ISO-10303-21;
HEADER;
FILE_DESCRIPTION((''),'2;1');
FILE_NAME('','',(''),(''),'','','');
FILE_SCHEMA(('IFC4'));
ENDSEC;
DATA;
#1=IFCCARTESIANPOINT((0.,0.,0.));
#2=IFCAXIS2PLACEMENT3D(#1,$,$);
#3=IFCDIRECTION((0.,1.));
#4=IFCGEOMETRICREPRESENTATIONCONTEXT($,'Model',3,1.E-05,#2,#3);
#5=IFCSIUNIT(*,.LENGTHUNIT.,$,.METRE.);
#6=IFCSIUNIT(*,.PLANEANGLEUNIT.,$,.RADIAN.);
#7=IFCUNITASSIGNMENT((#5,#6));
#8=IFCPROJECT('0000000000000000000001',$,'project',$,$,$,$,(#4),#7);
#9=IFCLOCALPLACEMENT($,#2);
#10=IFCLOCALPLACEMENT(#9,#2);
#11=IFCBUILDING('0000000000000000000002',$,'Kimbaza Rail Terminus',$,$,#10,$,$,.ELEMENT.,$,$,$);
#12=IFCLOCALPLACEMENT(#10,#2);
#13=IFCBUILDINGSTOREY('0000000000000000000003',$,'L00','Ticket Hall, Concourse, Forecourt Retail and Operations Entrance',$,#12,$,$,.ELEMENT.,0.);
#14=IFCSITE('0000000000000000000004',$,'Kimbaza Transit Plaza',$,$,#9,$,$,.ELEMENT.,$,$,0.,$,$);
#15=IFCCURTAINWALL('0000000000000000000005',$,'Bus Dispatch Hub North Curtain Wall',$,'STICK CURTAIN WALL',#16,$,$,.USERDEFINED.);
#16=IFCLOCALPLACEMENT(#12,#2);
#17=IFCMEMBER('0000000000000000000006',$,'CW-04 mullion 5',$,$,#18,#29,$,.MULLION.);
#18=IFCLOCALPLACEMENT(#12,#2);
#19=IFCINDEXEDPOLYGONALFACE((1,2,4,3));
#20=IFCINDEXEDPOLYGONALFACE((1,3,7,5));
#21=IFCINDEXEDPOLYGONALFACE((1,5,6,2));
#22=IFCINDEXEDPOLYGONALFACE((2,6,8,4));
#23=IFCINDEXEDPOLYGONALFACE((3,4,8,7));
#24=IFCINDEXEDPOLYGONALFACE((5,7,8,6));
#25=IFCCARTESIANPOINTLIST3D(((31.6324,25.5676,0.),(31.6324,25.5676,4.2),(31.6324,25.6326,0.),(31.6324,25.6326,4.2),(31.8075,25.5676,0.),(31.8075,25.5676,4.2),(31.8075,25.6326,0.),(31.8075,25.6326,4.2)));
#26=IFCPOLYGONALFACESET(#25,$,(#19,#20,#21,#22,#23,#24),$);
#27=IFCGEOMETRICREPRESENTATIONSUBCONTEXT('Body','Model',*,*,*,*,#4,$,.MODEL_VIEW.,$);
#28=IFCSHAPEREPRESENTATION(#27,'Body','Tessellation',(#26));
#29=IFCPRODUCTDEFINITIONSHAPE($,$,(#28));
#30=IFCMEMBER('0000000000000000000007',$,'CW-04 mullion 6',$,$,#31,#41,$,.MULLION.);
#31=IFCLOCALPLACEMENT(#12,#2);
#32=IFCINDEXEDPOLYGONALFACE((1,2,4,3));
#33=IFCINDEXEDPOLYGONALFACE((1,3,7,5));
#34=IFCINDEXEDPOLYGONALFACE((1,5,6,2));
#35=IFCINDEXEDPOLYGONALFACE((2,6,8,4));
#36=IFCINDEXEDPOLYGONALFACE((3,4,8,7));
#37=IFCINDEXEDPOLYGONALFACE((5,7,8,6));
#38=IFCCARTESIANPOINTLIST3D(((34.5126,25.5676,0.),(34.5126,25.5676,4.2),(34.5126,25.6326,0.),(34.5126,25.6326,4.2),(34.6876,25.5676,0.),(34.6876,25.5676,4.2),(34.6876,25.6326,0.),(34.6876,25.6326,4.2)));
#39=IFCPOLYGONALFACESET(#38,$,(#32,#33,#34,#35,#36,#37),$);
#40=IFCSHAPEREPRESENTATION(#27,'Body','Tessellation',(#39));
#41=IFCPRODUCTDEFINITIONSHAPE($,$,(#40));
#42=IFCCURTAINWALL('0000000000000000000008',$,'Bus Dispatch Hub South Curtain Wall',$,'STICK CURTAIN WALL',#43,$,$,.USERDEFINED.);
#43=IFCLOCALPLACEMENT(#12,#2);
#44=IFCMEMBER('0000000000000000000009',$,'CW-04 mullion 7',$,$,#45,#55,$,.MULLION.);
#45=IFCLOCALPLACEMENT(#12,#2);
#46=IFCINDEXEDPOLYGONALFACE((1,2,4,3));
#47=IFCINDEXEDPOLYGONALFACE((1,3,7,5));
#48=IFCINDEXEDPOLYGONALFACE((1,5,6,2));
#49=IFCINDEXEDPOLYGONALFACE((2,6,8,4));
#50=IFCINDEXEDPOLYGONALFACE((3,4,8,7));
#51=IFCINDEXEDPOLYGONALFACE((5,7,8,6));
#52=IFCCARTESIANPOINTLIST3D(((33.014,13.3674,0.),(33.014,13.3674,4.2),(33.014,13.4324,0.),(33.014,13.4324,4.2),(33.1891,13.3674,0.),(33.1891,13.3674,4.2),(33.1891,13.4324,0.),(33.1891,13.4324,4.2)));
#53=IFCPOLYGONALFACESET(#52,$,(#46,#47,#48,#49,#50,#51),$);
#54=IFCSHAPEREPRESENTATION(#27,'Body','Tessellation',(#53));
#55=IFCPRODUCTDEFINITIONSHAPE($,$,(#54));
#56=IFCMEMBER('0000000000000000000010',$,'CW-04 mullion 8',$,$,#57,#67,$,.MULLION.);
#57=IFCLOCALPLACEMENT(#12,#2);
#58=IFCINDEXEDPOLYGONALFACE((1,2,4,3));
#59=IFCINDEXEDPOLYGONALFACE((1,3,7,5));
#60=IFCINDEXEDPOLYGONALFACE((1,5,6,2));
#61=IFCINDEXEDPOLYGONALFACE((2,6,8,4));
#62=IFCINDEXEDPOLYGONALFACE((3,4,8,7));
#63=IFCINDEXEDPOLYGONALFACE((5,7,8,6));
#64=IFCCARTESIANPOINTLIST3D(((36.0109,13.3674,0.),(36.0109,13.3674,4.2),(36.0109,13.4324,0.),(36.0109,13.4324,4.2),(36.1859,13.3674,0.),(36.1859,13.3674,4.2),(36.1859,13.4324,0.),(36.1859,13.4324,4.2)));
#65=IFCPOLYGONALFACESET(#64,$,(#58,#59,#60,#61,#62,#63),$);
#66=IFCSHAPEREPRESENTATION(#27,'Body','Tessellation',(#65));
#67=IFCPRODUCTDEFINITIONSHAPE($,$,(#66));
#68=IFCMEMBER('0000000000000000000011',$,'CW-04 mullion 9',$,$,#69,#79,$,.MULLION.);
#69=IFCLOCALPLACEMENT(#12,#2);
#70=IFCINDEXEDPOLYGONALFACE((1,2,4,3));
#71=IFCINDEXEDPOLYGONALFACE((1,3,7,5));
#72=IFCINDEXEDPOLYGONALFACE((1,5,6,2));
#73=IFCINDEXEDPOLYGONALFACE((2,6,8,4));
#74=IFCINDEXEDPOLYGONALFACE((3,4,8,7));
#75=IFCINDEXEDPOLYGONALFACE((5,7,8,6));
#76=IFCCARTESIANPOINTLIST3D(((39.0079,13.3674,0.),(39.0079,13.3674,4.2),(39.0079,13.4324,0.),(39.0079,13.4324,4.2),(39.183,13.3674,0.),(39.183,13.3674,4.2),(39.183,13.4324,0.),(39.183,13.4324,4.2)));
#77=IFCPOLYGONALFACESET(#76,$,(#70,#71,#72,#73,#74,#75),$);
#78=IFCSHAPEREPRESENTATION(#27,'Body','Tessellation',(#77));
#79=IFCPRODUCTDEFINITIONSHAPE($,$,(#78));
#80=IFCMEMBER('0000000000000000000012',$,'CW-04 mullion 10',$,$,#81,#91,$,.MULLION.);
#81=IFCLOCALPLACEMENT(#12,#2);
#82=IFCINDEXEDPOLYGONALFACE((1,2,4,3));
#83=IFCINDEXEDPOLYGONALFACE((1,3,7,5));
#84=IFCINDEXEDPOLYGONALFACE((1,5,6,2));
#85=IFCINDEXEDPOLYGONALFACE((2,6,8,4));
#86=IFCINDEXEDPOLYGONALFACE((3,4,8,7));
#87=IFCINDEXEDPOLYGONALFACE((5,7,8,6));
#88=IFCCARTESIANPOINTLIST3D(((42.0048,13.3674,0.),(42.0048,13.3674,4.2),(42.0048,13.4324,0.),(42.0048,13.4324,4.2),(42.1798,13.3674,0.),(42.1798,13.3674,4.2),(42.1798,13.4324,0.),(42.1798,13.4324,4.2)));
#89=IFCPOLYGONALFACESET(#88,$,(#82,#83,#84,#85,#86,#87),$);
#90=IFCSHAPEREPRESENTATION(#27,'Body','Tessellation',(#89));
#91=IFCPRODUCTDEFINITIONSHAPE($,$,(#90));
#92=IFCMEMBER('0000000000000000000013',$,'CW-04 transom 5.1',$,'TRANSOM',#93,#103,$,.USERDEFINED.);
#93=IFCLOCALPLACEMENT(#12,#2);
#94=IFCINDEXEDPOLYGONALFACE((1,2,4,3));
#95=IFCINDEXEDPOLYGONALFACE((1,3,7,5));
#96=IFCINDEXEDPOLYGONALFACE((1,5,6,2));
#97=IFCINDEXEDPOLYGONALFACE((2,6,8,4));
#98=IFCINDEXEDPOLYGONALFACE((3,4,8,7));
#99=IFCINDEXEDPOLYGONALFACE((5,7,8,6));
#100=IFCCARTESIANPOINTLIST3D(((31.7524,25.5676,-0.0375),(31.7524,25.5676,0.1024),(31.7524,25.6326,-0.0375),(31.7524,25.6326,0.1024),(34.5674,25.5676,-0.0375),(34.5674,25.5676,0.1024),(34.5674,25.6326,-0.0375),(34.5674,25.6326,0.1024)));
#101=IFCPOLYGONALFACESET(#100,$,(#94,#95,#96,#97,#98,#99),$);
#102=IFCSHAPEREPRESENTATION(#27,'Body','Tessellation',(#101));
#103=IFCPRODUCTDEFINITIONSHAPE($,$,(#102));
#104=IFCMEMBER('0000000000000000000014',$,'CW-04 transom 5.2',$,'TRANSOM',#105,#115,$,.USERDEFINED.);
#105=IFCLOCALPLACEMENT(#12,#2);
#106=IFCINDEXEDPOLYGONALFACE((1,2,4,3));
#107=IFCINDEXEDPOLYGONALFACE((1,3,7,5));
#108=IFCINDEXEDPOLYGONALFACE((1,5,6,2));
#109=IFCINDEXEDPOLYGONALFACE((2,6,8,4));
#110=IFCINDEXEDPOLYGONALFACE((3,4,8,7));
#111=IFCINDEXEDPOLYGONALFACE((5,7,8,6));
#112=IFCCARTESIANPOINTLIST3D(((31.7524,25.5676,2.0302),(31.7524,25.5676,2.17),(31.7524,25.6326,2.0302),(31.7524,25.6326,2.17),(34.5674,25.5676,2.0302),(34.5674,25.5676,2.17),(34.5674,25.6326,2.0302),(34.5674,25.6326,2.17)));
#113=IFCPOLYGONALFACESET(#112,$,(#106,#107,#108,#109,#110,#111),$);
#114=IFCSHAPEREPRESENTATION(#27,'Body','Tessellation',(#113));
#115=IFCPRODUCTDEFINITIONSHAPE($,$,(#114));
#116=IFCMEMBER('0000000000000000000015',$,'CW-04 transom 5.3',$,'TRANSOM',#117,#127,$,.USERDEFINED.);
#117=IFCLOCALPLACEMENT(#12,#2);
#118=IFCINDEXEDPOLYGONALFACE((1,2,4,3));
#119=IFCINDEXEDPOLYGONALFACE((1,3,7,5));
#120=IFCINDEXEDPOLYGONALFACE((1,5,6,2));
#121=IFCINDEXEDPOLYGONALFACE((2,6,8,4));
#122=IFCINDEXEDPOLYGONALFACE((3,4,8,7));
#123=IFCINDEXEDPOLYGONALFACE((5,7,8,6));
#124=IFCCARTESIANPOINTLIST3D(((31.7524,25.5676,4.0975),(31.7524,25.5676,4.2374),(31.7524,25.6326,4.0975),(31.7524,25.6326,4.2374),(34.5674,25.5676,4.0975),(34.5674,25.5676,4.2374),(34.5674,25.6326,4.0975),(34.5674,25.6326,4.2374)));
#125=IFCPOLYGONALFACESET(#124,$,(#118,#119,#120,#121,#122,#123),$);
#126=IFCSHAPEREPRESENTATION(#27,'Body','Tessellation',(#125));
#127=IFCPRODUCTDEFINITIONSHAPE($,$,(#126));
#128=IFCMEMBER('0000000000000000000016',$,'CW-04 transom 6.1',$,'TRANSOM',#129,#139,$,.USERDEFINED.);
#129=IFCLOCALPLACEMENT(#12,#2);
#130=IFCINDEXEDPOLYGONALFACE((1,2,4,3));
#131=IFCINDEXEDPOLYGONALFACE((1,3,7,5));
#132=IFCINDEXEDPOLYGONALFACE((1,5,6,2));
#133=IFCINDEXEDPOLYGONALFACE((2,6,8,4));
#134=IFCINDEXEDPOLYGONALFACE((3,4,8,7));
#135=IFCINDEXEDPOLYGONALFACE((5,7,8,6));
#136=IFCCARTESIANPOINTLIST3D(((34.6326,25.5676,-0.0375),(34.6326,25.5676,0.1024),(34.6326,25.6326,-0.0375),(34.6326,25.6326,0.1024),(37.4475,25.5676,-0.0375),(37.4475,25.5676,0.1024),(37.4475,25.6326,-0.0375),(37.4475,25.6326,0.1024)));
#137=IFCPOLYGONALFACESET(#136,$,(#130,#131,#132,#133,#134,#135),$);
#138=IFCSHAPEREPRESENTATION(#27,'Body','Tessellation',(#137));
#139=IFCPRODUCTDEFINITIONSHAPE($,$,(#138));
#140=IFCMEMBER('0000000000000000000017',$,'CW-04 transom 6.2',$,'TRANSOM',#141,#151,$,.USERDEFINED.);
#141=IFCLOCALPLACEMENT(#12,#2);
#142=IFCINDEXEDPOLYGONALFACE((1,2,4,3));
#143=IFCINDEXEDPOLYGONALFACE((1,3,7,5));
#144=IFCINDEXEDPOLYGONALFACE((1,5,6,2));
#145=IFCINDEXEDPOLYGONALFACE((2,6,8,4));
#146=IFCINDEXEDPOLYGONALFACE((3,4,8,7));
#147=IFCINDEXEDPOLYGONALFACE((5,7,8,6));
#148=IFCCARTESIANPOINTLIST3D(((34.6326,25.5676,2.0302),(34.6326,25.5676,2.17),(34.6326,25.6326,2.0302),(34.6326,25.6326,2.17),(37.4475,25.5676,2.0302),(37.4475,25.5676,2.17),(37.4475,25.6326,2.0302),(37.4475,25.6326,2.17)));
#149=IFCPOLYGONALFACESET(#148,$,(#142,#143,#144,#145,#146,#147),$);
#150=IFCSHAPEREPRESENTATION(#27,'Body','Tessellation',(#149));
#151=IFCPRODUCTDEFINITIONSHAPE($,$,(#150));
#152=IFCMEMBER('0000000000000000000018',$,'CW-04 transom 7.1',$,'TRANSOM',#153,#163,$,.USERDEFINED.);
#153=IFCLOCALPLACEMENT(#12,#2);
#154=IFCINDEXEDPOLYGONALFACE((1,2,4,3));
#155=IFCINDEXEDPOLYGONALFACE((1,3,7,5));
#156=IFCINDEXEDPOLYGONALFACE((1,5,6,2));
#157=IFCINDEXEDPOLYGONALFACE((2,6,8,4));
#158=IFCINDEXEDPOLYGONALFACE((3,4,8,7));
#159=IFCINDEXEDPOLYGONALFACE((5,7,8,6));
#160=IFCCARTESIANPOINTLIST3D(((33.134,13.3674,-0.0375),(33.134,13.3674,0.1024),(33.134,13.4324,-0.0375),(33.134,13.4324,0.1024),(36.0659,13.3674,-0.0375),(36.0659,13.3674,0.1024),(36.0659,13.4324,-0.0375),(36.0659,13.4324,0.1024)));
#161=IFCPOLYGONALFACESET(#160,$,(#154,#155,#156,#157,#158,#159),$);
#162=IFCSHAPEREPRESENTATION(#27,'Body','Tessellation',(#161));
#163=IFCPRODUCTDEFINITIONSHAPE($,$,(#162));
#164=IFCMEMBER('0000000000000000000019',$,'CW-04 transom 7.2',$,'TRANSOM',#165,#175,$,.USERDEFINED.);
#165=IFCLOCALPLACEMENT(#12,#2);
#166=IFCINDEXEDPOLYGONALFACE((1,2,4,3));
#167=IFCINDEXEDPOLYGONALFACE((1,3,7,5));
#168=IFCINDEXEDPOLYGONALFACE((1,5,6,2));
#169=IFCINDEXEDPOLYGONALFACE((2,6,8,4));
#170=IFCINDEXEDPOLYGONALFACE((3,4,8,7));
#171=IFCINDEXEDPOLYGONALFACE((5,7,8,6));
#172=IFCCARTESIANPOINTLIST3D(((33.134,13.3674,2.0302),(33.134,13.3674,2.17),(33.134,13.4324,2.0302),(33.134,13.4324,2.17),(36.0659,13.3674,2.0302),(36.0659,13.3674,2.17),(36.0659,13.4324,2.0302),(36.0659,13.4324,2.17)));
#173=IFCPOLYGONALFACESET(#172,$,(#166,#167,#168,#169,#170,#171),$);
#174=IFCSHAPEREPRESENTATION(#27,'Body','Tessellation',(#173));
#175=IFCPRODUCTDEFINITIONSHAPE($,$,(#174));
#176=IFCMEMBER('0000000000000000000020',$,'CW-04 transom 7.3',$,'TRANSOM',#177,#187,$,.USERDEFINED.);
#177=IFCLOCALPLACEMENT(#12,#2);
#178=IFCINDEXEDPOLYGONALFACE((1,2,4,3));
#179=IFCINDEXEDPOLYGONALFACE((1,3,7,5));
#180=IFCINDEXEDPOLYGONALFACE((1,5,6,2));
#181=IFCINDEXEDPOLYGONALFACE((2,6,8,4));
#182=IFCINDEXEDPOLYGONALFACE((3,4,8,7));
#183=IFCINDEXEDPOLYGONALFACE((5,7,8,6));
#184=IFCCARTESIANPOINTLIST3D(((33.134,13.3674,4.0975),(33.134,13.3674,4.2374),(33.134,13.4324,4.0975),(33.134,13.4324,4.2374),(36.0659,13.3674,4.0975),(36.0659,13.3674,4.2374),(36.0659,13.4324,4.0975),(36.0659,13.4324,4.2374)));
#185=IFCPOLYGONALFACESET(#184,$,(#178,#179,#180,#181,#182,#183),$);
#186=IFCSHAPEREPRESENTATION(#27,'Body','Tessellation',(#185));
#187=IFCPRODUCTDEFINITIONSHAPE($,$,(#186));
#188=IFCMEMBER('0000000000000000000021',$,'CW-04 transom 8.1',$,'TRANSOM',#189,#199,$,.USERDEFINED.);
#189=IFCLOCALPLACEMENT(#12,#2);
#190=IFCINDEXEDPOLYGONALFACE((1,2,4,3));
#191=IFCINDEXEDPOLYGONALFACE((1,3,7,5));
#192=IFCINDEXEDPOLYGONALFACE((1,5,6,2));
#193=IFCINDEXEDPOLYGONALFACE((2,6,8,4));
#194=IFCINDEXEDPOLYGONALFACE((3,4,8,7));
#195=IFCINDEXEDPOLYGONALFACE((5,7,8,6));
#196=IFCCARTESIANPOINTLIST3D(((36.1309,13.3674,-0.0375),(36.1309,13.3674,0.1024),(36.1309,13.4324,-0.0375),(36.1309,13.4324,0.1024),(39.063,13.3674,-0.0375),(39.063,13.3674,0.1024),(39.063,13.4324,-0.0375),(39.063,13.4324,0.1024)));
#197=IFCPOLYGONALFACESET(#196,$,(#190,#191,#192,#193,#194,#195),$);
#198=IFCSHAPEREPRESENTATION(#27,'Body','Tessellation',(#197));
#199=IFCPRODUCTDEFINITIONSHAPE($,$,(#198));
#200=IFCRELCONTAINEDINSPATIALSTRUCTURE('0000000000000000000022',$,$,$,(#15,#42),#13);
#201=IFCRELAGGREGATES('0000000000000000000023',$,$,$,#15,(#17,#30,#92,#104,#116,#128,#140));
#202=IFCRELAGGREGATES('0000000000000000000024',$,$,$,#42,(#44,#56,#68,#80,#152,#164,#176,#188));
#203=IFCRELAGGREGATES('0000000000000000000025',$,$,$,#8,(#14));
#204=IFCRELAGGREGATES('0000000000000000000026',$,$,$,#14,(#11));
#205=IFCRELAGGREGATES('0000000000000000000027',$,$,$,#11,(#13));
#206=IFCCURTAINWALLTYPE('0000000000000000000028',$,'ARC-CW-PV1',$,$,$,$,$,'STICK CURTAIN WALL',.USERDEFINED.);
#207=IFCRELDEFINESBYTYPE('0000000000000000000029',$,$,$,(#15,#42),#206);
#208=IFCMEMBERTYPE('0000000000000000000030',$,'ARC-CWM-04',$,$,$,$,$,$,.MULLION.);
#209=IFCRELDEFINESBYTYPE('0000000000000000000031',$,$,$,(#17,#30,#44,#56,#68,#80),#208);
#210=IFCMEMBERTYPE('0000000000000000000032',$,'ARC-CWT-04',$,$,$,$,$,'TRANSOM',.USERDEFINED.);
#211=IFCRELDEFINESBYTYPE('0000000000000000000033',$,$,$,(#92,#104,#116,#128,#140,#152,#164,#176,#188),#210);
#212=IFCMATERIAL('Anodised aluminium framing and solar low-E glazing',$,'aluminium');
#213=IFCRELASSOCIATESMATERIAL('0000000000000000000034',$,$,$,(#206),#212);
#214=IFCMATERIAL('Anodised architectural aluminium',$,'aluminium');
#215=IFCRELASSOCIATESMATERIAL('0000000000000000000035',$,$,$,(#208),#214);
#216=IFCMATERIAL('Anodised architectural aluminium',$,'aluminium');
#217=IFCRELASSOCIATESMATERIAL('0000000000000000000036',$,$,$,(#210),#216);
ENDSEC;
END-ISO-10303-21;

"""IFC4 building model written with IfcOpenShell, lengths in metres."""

from ifc_helpers import new_model, si_unit, direction, frame, origin, origin_2d, place, context, subcontext, project, spatial, rectangle, extrude, material, material_profile, profile_set, type_object, element, aggregate, save


model = new_model("IFC4")

# Units and contexts
model_context = context("Model", 3, precision=1e-05, world=origin(), true_north=direction((0.0, 1.0)))
body_context = subcontext(model_context, "Body", "Model", "MODEL_VIEW")
ifc_project = project(units=[si_unit("LENGTHUNIT", "METRE"), si_unit("PLANEANGLEUNIT", "RADIAN")], contexts=[model_context])

# Site, building, storey
site_placement = place(None, origin())
site = spatial("IfcSite", under=ifc_project, at=site_placement, Name="Kimbaza Transit Plaza", CompositionType="ELEMENT", RefElevation=0.0)
building_placement = place(site_placement, origin())
building = spatial("IfcBuilding", under=site, at=building_placement, Name="Kimbaza Rail Terminus", CompositionType="ELEMENT")
storey_placement = place(building_placement, origin())
storey = spatial("IfcBuildingStorey", under=building, at=storey_placement, Name="L00", Description="Ticket Hall, Concourse, Forecourt Retail and Operations Entrance", CompositionType="ELEMENT", Elevation=0.0)

# Curtain walls, members
ifc_material_1 = material(Name="Anodised aluminium framing and solar low-E glazing", Category="aluminium")
curtain_wall_type = type_object("IfcCurtainWallType", Name="ARC-CW-PV1", ElementType="STICK CURTAIN WALL", PredefinedType="USERDEFINED", material=ifc_material_1)
curtain_wall_1_placement = place(storey_placement, origin())
curtain_wall_1 = element("IfcCurtainWall", 1, at=curtain_wall_1_placement, inside=storey, type_object=curtain_wall_type, Name="Bus Dispatch Hub North Curtain Wall", ObjectType="STICK CURTAIN WALL", PredefinedType="USERDEFINED")
ifc_material_2 = material(Name="Anodised architectural aluminium", Category="aluminium")
ifc_material_profile_1 = material_profile(ifc_material_2, rectangle(XDim=0.0649, YDim=0.175, at=origin_2d()), Name="MULLION 65x175")
ifc_profile_set_1 = profile_set([ifc_material_profile_1], Name="Anodised architectural aluminium")
member_type_1 = type_object("IfcMemberType", Name="ARC-CWM-04", PredefinedType="MULLION", material=ifc_profile_set_1)
member_1_placement = place(storey_placement, frame((31.72, 25.6001, 0.0), z_axis=(0.0, 0.0, 1.0), x_axis=(0.0, 1.0, 0.0)))
member_1 = element("IfcMember", 2, at=member_1_placement, type_object=member_type_1, Name="CW-04 mullion 5", PredefinedType="MULLION", context=body_context, shape_type="SweptSolid", body=[
    extrude(rectangle(XDim=0.0649, YDim=0.175, at=origin_2d()), origin(), (0.0, 0.0, 1.0), 4.2),
])
member_2_placement = place(storey_placement, frame((34.6001, 25.6001, 0.0), z_axis=(0.0, 0.0, 1.0), x_axis=(0.0, 1.0, 0.0)))
member_2 = element("IfcMember", 3, at=member_2_placement, type_object=member_type_1, Name="CW-04 mullion 6", PredefinedType="MULLION", context=body_context, shape_type="SweptSolid", body=[
    extrude(rectangle(XDim=0.0649, YDim=0.175, at=origin_2d()), origin(), (0.0, 0.0, 1.0), 4.2),
])
curtain_wall_2_placement = place(storey_placement, origin())
curtain_wall_2 = element("IfcCurtainWall", 4, at=curtain_wall_2_placement, inside=storey, type_object=curtain_wall_type, Name="Bus Dispatch Hub South Curtain Wall", ObjectType="STICK CURTAIN WALL", PredefinedType="USERDEFINED")
member_3_placement = place(storey_placement, frame((33.1016, 13.3999, 0.0), z_axis=(0.0, 0.0, 1.0), x_axis=(0.0, 1.0, 0.0)))
member_3 = element("IfcMember", 5, at=member_3_placement, type_object=member_type_1, Name="CW-04 mullion 7", PredefinedType="MULLION", context=body_context, shape_type="SweptSolid", body=[
    extrude(rectangle(XDim=0.0649, YDim=0.175, at=origin_2d()), origin(), (0.0, 0.0, 1.0), 4.2),
])
member_4_placement = place(storey_placement, frame((36.0984, 13.3999, 0.0), z_axis=(0.0, 0.0, 1.0), x_axis=(0.0, 1.0, 0.0)))
member_4 = element("IfcMember", 6, at=member_4_placement, type_object=member_type_1, Name="CW-04 mullion 8", PredefinedType="MULLION", context=body_context, shape_type="SweptSolid", body=[
    extrude(rectangle(XDim=0.0649, YDim=0.175, at=origin_2d()), origin(), (0.0, 0.0, 1.0), 4.2),
])
member_5_placement = place(storey_placement, frame((39.0955, 13.3999, 0.0), z_axis=(0.0, 0.0, 1.0), x_axis=(0.0, 1.0, 0.0)))
member_5 = element("IfcMember", 7, at=member_5_placement, type_object=member_type_1, Name="CW-04 mullion 9", PredefinedType="MULLION", context=body_context, shape_type="SweptSolid", body=[
    extrude(rectangle(XDim=0.0649, YDim=0.175, at=origin_2d()), origin(), (0.0, 0.0, 1.0), 4.2),
])
member_6_placement = place(storey_placement, frame((42.0923, 13.3999, 0.0), z_axis=(0.0, 0.0, 1.0), x_axis=(0.0, 1.0, 0.0)))
member_6 = element("IfcMember", 8, at=member_6_placement, type_object=member_type_1, Name="CW-04 mullion 10", PredefinedType="MULLION", context=body_context, shape_type="SweptSolid", body=[
    extrude(rectangle(XDim=0.0649, YDim=0.175, at=origin_2d()), origin(), (0.0, 0.0, 1.0), 4.2),
])

# Members
ifc_material_3 = material(Name="Anodised architectural aluminium", Category="aluminium")
ifc_material_profile_2 = material_profile(ifc_material_3, rectangle(XDim=0.0649, YDim=0.1399, at=origin_2d()), Name="TRANSOM 65x140")
ifc_profile_set_2 = profile_set([ifc_material_profile_2], Name="Anodised architectural aluminium")
member_type_2 = type_object("IfcMemberType", Name="ARC-CWT-04", ElementType="TRANSOM", PredefinedType="USERDEFINED", material=ifc_profile_set_2)
member_7_placement = place(storey_placement, frame((31.7524, 25.6001, 0.0325), z_axis=(1.0, 0.0, 0.0), x_axis=(0.0, 1.0, 0.0)))
member_7 = element("IfcMember", 9, at=member_7_placement, type_object=member_type_2, Name="CW-04 transom 5.1", ObjectType="TRANSOM", PredefinedType="USERDEFINED", context=body_context, shape_type="SweptSolid", body=[
    extrude(rectangle(XDim=0.0649, YDim=0.1399, at=origin_2d()), origin(), (0.0, 0.0, 1.0), 2.8149),
])
member_8_placement = place(storey_placement, frame((31.7524, 25.6001, 2.1001), z_axis=(1.0, 0.0, 0.0), x_axis=(0.0, 1.0, 0.0)))
member_8 = element("IfcMember", 10, at=member_8_placement, type_object=member_type_2, Name="CW-04 transom 5.2", ObjectType="TRANSOM", PredefinedType="USERDEFINED", context=body_context, shape_type="SweptSolid", body=[
    extrude(rectangle(XDim=0.0649, YDim=0.1399, at=origin_2d()), origin(), (0.0, 0.0, 1.0), 2.8149),
])
member_9_placement = place(storey_placement, frame((31.7524, 25.6001, 4.1675), z_axis=(1.0, 0.0, 0.0), x_axis=(0.0, 1.0, 0.0)))
member_9 = element("IfcMember", 11, at=member_9_placement, type_object=member_type_2, Name="CW-04 transom 5.3", ObjectType="TRANSOM", PredefinedType="USERDEFINED", context=body_context, shape_type="SweptSolid", body=[
    extrude(rectangle(XDim=0.0649, YDim=0.1399, at=origin_2d()), origin(), (0.0, 0.0, 1.0), 2.8149),
])
member_10_placement = place(storey_placement, frame((34.6326, 25.6001, 0.0325), z_axis=(1.0, 0.0, 0.0), x_axis=(0.0, 1.0, 0.0)))
member_10 = element("IfcMember", 12, at=member_10_placement, type_object=member_type_2, Name="CW-04 transom 6.1", ObjectType="TRANSOM", PredefinedType="USERDEFINED", context=body_context, shape_type="SweptSolid", body=[
    extrude(rectangle(XDim=0.0649, YDim=0.1399, at=origin_2d()), origin(), (0.0, 0.0, 1.0), 2.8149),
])
member_11_placement = place(storey_placement, frame((34.6326, 25.6001, 2.1001), z_axis=(1.0, 0.0, 0.0), x_axis=(0.0, 1.0, 0.0)))
member_11 = element("IfcMember", 13, at=member_11_placement, type_object=member_type_2, Name="CW-04 transom 6.2", ObjectType="TRANSOM", PredefinedType="USERDEFINED", context=body_context, shape_type="SweptSolid", body=[
    extrude(rectangle(XDim=0.0649, YDim=0.1399, at=origin_2d()), origin(), (0.0, 0.0, 1.0), 2.8149),
])
member_12_placement = place(storey_placement, frame((33.134, 13.3999, 0.0325), z_axis=(1.0, 0.0, 0.0), x_axis=(0.0, 1.0, 0.0)))
member_12 = element("IfcMember", 14, at=member_12_placement, type_object=member_type_2, Name="CW-04 transom 7.1", ObjectType="TRANSOM", PredefinedType="USERDEFINED", context=body_context, shape_type="SweptSolid", body=[
    extrude(rectangle(XDim=0.0649, YDim=0.1399, at=origin_2d()), origin(), (0.0, 0.0, 1.0), 2.9319),
])
member_13_placement = place(storey_placement, frame((33.134, 13.3999, 2.1001), z_axis=(1.0, 0.0, 0.0), x_axis=(0.0, 1.0, 0.0)))
member_13 = element("IfcMember", 15, at=member_13_placement, type_object=member_type_2, Name="CW-04 transom 7.2", ObjectType="TRANSOM", PredefinedType="USERDEFINED", context=body_context, shape_type="SweptSolid", body=[
    extrude(rectangle(XDim=0.0649, YDim=0.1399, at=origin_2d()), origin(), (0.0, 0.0, 1.0), 2.9319),
])
member_14_placement = place(storey_placement, frame((33.134, 13.3999, 4.1675), z_axis=(1.0, 0.0, 0.0), x_axis=(0.0, 1.0, 0.0)))
member_14 = element("IfcMember", 16, at=member_14_placement, type_object=member_type_2, Name="CW-04 transom 7.3", ObjectType="TRANSOM", PredefinedType="USERDEFINED", context=body_context, shape_type="SweptSolid", body=[
    extrude(rectangle(XDim=0.0649, YDim=0.1399, at=origin_2d()), origin(), (0.0, 0.0, 1.0), 2.9319),
])
member_15_placement = place(storey_placement, frame((36.1309, 13.3999, 0.0325), z_axis=(1.0, 0.0, 0.0), x_axis=(0.0, 1.0, 0.0)))
member_15 = element("IfcMember", 17, at=member_15_placement, type_object=member_type_2, Name="CW-04 transom 8.1", ObjectType="TRANSOM", PredefinedType="USERDEFINED", context=body_context, shape_type="SweptSolid", body=[
    extrude(rectangle(XDim=0.0649, YDim=0.1399, at=origin_2d()), origin(), (0.0, 0.0, 1.0), 2.9321),
])

aggregate(curtain_wall_1, [member_1, member_2, member_7, member_8, member_9, member_10, member_11])
aggregate(curtain_wall_2, [member_3, member_4, member_5, member_6, member_12, member_13, member_14, member_15])

save(model, "model.ifc")
